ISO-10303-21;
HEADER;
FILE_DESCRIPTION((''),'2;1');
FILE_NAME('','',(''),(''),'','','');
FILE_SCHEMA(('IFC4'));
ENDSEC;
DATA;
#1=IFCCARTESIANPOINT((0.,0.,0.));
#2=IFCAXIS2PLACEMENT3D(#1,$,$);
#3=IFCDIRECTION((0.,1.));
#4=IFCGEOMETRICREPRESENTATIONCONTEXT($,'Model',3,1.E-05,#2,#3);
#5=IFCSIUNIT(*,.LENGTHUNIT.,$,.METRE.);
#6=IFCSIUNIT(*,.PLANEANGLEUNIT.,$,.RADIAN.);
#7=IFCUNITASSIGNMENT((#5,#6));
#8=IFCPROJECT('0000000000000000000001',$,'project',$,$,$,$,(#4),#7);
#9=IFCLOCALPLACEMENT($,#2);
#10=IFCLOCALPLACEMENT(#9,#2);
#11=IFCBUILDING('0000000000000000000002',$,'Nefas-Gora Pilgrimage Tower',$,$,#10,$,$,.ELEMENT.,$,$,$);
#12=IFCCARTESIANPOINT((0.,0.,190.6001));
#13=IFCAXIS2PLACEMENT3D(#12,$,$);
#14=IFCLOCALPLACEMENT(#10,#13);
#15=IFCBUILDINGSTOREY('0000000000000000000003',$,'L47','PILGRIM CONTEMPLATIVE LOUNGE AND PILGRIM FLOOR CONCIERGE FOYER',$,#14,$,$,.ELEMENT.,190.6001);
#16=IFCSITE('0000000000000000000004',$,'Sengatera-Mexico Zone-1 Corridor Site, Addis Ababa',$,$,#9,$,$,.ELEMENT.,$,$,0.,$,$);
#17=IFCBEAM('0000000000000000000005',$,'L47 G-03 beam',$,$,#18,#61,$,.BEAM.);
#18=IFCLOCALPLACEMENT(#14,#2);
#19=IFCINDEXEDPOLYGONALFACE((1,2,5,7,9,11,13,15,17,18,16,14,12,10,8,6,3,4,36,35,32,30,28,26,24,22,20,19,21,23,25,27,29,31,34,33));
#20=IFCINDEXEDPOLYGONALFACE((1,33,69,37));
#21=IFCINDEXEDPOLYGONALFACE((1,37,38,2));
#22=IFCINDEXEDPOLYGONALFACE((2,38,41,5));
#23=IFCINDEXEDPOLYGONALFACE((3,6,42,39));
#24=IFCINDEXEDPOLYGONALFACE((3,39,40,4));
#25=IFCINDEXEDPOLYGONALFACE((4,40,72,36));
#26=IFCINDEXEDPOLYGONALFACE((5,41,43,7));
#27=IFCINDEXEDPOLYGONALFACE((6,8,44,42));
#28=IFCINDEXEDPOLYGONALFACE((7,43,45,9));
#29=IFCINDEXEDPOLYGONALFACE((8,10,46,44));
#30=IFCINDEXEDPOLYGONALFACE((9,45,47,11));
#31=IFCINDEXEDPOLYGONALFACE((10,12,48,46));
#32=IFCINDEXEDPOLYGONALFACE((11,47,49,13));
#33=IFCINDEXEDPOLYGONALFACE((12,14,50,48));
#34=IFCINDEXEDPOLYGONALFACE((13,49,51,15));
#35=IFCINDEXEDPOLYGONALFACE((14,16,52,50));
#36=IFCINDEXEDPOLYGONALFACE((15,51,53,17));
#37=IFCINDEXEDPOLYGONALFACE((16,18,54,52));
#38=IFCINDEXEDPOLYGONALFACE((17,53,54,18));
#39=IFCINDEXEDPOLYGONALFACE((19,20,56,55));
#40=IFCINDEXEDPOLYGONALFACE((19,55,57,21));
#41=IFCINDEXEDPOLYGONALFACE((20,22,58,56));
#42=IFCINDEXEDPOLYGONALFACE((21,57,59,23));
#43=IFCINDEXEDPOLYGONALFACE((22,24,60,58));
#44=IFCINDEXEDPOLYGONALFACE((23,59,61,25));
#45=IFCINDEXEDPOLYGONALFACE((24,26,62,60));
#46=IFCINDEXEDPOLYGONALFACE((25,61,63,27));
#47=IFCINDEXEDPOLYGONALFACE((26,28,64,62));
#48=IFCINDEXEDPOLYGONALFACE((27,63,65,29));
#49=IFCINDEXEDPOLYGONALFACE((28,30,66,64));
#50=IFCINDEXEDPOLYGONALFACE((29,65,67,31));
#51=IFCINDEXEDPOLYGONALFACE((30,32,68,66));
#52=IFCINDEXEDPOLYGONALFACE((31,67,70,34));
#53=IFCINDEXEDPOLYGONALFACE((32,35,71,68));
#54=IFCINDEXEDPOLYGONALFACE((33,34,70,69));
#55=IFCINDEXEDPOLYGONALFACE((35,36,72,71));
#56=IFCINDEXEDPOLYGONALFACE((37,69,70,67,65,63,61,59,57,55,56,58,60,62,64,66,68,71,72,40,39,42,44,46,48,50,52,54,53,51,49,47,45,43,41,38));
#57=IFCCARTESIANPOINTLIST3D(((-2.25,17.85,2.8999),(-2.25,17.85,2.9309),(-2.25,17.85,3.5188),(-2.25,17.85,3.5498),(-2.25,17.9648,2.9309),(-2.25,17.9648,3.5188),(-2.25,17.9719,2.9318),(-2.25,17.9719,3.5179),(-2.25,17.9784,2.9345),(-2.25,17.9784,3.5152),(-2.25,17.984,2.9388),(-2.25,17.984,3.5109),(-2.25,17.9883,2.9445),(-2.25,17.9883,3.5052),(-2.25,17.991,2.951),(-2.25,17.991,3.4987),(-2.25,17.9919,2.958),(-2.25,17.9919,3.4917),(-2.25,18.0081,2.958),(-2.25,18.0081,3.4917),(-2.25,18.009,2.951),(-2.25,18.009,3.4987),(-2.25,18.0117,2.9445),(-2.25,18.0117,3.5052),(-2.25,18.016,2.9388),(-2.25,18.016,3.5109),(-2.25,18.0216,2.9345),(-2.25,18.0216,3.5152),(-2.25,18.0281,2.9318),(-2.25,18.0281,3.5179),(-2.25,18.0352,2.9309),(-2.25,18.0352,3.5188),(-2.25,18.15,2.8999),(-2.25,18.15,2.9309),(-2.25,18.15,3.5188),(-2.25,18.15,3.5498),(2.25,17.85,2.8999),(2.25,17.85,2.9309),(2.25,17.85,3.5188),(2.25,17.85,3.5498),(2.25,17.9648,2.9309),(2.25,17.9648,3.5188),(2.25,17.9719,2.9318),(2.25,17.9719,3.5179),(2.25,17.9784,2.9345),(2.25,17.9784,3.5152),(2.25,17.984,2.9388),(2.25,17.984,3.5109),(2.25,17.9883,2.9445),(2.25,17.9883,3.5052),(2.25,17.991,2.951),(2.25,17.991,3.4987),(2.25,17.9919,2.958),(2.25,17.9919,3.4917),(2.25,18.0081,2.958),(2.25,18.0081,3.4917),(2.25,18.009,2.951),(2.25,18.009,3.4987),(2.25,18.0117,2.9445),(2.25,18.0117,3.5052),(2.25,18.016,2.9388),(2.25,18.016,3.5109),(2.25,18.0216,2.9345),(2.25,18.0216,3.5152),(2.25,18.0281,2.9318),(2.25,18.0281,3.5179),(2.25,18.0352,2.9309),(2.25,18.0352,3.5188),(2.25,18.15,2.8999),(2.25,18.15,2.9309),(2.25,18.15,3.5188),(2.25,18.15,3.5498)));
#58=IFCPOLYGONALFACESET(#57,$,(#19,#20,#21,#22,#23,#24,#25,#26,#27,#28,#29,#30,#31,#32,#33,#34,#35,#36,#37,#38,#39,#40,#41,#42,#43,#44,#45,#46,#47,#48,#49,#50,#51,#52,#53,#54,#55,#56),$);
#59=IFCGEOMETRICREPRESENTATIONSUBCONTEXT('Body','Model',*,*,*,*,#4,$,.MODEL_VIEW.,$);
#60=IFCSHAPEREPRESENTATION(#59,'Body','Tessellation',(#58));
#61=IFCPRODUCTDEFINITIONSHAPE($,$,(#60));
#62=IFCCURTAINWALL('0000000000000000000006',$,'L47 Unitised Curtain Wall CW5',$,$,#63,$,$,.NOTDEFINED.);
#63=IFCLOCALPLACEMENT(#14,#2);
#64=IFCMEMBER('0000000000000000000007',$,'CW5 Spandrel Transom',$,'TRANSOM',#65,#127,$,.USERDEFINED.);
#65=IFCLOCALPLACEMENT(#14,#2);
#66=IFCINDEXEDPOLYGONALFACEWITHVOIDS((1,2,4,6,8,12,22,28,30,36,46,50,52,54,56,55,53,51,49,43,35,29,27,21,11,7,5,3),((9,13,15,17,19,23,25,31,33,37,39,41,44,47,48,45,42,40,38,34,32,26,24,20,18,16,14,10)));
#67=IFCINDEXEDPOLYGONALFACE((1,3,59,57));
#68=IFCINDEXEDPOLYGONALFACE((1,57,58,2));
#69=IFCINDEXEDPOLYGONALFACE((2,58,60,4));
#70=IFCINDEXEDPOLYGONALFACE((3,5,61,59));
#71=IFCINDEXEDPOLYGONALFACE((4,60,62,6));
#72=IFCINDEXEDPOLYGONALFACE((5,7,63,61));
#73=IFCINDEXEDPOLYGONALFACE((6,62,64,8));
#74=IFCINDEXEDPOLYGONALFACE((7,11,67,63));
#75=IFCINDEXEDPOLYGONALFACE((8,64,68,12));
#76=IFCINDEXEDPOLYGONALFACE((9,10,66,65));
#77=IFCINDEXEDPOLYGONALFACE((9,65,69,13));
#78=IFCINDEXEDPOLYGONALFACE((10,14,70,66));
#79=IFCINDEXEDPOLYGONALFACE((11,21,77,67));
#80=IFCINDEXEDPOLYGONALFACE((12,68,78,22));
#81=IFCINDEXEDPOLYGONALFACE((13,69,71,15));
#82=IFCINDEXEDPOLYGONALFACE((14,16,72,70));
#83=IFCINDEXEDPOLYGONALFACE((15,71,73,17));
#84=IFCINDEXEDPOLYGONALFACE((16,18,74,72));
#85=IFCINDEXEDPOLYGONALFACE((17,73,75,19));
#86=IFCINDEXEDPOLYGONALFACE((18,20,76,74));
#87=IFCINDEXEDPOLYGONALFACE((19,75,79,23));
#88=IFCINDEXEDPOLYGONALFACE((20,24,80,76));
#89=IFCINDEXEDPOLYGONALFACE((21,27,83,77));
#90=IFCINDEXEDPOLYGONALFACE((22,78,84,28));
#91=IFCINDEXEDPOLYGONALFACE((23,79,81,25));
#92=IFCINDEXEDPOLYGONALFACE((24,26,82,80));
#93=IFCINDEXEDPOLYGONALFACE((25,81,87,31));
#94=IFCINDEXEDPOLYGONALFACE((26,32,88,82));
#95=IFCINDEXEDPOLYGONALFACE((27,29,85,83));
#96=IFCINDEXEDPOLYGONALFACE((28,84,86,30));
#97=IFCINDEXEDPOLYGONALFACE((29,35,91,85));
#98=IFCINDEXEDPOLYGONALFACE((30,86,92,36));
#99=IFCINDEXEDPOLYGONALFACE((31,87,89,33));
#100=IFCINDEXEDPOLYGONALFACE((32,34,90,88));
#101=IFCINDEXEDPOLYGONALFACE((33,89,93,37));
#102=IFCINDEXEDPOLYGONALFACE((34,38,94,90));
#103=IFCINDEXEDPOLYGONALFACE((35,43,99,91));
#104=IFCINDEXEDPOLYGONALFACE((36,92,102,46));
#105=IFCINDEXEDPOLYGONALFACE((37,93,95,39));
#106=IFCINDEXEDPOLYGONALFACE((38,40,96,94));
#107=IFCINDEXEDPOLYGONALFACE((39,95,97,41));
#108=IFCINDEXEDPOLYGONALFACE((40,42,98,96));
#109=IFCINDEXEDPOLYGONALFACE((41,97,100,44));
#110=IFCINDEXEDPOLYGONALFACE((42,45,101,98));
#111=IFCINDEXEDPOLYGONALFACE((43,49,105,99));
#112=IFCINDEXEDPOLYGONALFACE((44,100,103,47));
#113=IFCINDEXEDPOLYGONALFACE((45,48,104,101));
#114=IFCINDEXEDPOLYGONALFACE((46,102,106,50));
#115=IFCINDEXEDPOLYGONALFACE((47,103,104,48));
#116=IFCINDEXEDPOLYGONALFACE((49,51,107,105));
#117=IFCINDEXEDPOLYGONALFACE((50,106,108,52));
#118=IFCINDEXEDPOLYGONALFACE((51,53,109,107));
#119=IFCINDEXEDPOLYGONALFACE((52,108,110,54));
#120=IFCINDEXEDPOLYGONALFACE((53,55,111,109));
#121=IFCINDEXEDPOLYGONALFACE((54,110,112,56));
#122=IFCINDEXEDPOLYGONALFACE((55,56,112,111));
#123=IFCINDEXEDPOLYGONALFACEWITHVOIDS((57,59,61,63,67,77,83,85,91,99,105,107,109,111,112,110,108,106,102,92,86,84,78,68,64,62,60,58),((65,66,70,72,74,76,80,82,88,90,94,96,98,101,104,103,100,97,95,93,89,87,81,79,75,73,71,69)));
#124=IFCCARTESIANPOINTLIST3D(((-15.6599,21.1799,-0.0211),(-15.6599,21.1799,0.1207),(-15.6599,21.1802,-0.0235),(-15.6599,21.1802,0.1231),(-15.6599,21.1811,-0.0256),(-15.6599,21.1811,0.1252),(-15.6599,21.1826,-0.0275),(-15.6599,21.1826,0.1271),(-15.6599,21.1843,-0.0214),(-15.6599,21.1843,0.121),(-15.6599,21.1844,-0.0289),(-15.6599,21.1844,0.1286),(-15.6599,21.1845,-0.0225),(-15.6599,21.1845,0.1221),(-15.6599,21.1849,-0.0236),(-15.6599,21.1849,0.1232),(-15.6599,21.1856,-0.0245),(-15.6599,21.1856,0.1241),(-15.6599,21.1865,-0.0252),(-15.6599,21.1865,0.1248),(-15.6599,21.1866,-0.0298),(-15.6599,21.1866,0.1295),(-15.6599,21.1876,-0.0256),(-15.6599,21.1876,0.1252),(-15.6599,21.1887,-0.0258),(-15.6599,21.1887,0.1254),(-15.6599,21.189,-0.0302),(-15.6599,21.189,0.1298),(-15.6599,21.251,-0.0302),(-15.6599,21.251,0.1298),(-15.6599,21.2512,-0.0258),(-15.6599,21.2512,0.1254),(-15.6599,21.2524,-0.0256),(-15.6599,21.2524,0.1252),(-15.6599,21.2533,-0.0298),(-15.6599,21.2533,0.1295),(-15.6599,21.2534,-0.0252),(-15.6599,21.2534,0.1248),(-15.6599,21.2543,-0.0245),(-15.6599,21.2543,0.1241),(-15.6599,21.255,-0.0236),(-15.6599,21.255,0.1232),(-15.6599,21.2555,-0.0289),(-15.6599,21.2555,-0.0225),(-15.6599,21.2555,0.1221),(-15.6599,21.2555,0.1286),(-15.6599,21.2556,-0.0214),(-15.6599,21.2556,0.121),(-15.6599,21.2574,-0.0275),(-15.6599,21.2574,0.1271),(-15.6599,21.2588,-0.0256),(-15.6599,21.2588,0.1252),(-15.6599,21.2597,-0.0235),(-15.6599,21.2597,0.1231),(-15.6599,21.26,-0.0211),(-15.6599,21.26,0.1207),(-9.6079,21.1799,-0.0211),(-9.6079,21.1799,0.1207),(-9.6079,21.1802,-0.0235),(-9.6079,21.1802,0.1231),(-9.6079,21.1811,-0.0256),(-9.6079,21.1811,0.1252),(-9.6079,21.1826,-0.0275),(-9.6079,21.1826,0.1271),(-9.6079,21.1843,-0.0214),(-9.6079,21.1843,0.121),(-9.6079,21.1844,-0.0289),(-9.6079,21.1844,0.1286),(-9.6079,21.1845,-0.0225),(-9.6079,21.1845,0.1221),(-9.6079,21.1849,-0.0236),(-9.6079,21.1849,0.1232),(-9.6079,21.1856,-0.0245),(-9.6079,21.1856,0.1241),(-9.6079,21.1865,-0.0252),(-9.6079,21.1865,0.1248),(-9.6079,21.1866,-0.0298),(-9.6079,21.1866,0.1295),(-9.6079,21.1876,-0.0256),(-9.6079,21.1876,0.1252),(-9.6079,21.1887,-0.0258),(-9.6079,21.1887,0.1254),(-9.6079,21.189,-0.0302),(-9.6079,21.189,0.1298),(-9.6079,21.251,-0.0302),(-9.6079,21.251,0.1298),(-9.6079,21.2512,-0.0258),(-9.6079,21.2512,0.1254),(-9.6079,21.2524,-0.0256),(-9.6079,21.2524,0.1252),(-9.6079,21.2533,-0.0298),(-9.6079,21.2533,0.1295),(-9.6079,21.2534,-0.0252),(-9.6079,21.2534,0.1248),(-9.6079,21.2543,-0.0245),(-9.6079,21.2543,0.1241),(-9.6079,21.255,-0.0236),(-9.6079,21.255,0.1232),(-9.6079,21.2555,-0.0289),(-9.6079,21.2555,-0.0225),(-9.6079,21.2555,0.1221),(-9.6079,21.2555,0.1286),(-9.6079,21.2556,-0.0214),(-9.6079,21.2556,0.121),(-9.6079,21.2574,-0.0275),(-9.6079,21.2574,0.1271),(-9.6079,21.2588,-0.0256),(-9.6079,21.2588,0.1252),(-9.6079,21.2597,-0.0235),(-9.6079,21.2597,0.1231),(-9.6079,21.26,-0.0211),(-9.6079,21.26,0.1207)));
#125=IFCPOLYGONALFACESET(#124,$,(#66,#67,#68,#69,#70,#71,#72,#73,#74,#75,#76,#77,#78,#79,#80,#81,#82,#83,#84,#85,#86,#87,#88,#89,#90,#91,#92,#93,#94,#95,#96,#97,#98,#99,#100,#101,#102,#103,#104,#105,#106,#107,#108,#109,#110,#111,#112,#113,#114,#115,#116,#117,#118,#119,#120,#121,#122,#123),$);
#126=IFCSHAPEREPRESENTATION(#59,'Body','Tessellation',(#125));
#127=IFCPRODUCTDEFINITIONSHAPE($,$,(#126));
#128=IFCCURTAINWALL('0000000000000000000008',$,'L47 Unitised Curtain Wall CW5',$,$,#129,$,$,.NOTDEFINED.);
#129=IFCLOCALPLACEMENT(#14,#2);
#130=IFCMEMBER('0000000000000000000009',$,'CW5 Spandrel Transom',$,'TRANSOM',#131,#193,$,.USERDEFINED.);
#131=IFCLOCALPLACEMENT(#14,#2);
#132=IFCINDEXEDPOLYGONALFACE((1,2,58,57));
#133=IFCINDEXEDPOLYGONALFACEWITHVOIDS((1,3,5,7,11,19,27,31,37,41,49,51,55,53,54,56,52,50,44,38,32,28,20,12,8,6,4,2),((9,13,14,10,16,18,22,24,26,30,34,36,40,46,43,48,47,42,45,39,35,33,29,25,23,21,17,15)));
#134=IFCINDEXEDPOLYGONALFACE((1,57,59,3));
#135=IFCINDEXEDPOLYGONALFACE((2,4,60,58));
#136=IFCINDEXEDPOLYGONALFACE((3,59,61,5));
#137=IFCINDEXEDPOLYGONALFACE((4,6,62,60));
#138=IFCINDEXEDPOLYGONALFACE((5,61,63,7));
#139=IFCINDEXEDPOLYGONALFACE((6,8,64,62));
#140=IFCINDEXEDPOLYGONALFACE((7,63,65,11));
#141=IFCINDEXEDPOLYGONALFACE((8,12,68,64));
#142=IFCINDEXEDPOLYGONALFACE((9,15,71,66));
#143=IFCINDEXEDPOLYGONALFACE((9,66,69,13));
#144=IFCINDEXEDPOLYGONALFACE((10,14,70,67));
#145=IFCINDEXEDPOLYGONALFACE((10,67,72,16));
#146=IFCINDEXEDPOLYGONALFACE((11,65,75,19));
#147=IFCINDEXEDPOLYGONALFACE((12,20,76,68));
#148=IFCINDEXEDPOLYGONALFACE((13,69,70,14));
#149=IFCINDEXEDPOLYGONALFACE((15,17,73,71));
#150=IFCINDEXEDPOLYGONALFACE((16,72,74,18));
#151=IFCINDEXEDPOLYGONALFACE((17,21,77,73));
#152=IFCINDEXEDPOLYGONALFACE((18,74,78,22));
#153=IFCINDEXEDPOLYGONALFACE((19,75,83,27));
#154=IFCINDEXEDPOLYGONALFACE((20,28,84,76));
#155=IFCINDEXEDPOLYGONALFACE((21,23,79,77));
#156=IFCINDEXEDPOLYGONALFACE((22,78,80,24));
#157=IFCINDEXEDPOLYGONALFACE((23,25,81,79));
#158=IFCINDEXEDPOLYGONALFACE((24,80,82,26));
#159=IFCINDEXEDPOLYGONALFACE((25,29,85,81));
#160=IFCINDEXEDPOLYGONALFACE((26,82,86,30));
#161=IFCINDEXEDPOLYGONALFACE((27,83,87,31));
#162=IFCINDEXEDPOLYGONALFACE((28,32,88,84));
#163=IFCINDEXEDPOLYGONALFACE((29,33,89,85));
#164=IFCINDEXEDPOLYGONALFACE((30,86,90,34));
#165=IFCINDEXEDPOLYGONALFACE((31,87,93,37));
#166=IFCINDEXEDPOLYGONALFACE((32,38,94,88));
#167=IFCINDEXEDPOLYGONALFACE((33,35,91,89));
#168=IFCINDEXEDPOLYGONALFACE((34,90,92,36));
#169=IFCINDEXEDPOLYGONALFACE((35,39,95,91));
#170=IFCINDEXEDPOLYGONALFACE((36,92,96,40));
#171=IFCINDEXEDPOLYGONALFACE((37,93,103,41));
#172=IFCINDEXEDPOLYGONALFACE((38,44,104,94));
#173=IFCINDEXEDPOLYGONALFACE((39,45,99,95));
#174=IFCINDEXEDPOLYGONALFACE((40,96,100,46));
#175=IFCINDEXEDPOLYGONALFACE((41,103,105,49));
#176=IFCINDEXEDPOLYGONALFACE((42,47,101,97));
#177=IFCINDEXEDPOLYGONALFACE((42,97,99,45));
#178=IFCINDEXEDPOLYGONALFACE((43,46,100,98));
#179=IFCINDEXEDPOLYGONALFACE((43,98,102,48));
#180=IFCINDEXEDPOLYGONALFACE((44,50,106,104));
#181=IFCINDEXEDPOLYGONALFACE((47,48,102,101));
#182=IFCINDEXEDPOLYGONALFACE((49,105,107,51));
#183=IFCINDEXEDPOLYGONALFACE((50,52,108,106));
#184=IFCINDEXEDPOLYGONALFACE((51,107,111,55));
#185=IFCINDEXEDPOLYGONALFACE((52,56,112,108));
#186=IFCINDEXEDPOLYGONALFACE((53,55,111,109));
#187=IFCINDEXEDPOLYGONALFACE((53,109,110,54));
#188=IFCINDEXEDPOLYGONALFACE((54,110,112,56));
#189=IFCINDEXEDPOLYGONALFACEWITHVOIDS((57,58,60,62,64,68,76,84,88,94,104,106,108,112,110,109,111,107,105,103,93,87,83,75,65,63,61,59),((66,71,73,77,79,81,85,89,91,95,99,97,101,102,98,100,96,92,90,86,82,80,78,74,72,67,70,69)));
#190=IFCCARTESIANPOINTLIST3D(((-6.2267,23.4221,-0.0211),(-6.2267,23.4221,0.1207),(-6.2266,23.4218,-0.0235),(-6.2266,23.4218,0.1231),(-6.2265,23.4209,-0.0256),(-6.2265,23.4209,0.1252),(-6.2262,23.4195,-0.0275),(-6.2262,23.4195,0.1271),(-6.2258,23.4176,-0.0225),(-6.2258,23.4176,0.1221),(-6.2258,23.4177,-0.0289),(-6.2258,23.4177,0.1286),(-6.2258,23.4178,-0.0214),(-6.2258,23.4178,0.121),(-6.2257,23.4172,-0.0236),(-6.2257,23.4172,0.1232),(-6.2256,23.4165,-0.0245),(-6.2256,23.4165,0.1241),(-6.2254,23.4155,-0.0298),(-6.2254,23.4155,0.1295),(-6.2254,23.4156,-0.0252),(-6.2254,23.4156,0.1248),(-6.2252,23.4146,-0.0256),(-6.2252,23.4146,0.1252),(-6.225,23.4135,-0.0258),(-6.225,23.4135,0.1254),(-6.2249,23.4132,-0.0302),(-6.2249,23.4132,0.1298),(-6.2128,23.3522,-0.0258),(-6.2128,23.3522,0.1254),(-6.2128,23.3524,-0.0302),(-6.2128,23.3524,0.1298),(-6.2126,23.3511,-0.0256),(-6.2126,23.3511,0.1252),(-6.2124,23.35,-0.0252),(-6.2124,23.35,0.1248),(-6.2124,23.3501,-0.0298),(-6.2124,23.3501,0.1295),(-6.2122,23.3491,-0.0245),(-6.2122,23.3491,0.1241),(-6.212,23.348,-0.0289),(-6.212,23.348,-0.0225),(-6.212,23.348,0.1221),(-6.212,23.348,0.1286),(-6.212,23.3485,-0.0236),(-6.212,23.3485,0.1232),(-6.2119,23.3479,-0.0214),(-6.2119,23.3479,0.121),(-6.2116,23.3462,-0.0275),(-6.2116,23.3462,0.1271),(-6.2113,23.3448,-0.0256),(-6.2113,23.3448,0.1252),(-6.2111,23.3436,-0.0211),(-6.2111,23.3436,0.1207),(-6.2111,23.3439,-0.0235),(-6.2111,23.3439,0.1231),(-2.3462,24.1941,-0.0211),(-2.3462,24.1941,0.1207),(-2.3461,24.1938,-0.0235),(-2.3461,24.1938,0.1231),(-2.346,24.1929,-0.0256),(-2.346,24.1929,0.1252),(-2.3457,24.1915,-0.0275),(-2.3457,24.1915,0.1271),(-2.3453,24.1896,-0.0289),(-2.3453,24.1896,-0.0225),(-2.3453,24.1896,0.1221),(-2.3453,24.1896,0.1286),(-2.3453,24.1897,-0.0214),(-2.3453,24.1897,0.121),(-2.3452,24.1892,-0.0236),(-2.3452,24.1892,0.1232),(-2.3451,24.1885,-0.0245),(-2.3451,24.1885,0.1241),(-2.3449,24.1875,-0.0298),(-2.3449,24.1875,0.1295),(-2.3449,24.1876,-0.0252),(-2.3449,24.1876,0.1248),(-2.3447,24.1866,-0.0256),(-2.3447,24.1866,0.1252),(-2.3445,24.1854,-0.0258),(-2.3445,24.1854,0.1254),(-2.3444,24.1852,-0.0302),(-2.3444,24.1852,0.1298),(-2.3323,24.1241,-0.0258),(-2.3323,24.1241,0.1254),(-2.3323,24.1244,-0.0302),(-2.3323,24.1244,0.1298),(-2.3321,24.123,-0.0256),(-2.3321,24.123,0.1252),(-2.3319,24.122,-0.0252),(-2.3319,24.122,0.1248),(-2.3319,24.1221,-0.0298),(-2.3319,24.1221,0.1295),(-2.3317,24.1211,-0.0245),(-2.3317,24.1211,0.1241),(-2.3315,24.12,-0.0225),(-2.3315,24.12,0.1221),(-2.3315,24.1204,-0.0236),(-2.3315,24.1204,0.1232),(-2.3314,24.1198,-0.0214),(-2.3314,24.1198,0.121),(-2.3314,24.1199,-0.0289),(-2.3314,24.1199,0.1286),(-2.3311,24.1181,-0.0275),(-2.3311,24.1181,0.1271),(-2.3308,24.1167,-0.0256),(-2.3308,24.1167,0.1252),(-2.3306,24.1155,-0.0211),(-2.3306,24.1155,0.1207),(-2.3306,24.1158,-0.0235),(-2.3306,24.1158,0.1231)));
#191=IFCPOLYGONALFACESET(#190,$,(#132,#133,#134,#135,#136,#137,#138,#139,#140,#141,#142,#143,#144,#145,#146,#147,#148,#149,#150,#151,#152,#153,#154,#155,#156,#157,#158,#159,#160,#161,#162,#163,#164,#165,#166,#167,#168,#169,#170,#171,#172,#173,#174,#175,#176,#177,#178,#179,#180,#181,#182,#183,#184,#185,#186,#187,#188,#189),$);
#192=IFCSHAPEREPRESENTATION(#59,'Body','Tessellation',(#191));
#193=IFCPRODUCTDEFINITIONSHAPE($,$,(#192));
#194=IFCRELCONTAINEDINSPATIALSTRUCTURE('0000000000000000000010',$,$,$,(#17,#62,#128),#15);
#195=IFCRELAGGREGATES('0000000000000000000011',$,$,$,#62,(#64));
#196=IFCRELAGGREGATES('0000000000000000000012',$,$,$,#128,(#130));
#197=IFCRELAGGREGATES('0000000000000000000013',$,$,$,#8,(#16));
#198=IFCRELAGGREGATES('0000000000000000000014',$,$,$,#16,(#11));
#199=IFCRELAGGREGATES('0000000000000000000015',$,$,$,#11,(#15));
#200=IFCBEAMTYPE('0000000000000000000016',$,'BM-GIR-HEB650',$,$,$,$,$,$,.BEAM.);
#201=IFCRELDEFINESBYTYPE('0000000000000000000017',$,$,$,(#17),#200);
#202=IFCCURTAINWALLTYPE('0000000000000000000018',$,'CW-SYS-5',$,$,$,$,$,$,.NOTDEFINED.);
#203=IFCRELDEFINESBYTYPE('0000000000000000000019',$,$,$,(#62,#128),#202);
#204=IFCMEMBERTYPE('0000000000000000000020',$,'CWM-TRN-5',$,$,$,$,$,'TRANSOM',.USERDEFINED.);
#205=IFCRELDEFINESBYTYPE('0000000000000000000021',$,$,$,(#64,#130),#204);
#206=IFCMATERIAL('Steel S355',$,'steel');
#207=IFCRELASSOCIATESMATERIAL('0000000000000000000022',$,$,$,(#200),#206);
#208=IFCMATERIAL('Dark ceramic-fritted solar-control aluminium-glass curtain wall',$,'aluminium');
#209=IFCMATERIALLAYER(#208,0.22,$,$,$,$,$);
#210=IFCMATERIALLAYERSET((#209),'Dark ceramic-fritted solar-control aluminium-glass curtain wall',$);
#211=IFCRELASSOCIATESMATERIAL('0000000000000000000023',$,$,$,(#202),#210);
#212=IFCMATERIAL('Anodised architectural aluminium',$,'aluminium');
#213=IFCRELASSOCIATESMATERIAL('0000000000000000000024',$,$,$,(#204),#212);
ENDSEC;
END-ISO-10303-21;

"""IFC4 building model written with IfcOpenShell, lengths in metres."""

from ifc_helpers import new_model, si_unit, direction, frame, origin, origin_2d, place, context, subcontext, project, spatial, hollow_rectangle, i_section, extrude, source, transform, mapped, material, layer, layer_set, material_profile, profile_set, type_object, element, aggregate, save


model = new_model("IFC4")

# Units and contexts
model_context = context("Model", 3, precision=1e-05, world=origin(), true_north=direction((0.0, 1.0)))
body_context = subcontext(model_context, "Body", "Model", "MODEL_VIEW")
ifc_project = project(units=[si_unit("LENGTHUNIT", "METRE"), si_unit("PLANEANGLEUNIT", "RADIAN")], contexts=[model_context])

# Site, building, storey
site_placement = place(None, origin())
site = spatial("IfcSite", under=ifc_project, at=site_placement, Name="Sengatera-Mexico Zone-1 Corridor Site, Addis Ababa", CompositionType="ELEMENT", RefElevation=0.0)
building_placement = place(site_placement, origin())
building = spatial("IfcBuilding", under=site, at=building_placement, Name="Nefas-Gora Pilgrimage Tower", CompositionType="ELEMENT")
storey_placement = place(building_placement, frame((0.0, 0.0, 190.6001)))
storey = spatial("IfcBuildingStorey", under=building, at=storey_placement, Name="L47", Description="PILGRIM CONTEMPLATIVE LOUNGE AND PILGRIM FLOOR CONCIERGE FOYER", CompositionType="ELEMENT", Elevation=190.6001)

# Beam
ifc_material_1 = material(Name="Steel S355", Category="steel")
ifc_material_profile_1 = material_profile(ifc_material_1, i_section(OverallWidth=0.3, OverallDepth=0.6499, WebThickness=0.0161, FlangeThickness=0.031, FilletRadius=0.0271, at=origin_2d()), Name="HEB 650")
ifc_profile_set_1 = profile_set([ifc_material_profile_1], Name="Steel S355")
beam_type = type_object("IfcBeamType", Name="BM-GIR-HEB650", PredefinedType="BEAM", material=ifc_profile_set_1)
shared_shape_1 = source(origin(), body_context, "Body", "SweptSolid", [
    extrude(i_section(OverallWidth=0.3, OverallDepth=0.6499, WebThickness=0.0161, FlangeThickness=0.031, FilletRadius=0.0271, at=origin_2d()), origin(), (0.0, 0.0, 1.0), 4.5),
])
for number, where, z_axis, x_axis, name in (
    (1, (-2.25, 18.0, 3.2249), (1.0, 0.0, 0.0), (0.0, 1.0, 0.0), "L47 G-03 beam"),
):
    element("IfcBeam", number, at=place(storey_placement, frame(where, z_axis=z_axis, x_axis=x_axis)), inside=storey, type_object=beam_type, Name=name, PredefinedType="BEAM", context=body_context, shape_type="MappedRepresentation", body=[
        mapped(shared_shape_1, transform((0.0, 0.0, 0.0), x_axis=(1.0, 0.0, 0.0), y_axis=(0.0, 1.0, 0.0), z_axis=(0.0, 0.0, 1.0), scale=1.0)),
    ])

# Curtain wall, member
ifc_material_2 = material(Name="Dark ceramic-fritted solar-control aluminium-glass curtain wall", Category="aluminium")
ifc_layer_1 = layer(ifc_material_2, 0.22)
ifc_layer_set_1 = layer_set([ifc_layer_1], Name="Dark ceramic-fritted solar-control aluminium-glass curtain wall")
curtain_wall_type = type_object("IfcCurtainWallType", Name="CW-SYS-5", PredefinedType="NOTDEFINED", material=ifc_layer_set_1)
curtain_wall_1_placement = place(storey_placement, origin())
curtain_wall_1 = element("IfcCurtainWall", 2, at=curtain_wall_1_placement, inside=storey, type_object=curtain_wall_type, Name="L47 Unitised Curtain Wall CW5", PredefinedType="NOTDEFINED")
ifc_material_3 = material(Name="Anodised architectural aluminium", Category="aluminium")
ifc_material_profile_2 = material_profile(ifc_material_3, hollow_rectangle(XDim=0.0801, YDim=0.1599, WallThickness=0.0044, InnerFilletRadius=0.0044, OuterFilletRadius=0.009, at=origin_2d()), Name="ALU TRANSOM 80x160")
ifc_profile_set_2 = profile_set([ifc_material_profile_2], Name="Anodised architectural aluminium")
member_type_1 = type_object("IfcMemberType", Name="CWM-TRN-5", ElementType="TRANSOM", PredefinedType="USERDEFINED", material=ifc_profile_set_2)
shared_shape_2 = source(origin(), body_context, "Body", "SweptSolid", [
    extrude(hollow_rectangle(XDim=0.0801, YDim=0.1599, WallThickness=0.0044, InnerFilletRadius=0.0044, OuterFilletRadius=0.009, at=origin_2d()), origin(), (0.0, 0.0, 1.0), 6.052),
])
member_1_placement = place(storey_placement, frame((-9.6079, 21.22, 0.0498), z_axis=(-1.0, 0.0, 0.0), x_axis=(0.0, -1.0, 0.0)))
member_1 = element("IfcMember", 3, at=member_1_placement, type_object=member_type_1, Name="CW5 Spandrel Transom", ObjectType="TRANSOM", PredefinedType="USERDEFINED", context=body_context, shape_type="MappedRepresentation", body=[
    mapped(shared_shape_2, transform((0.0, 0.0, 0.0), x_axis=(1.0, 0.0, 0.0), y_axis=(0.0, 1.0, 0.0), z_axis=(0.0, 0.0, 1.0), scale=1.0)),
])

# Curtain wall, member
curtain_wall_2_placement = place(storey_placement, origin())
curtain_wall_2 = element("IfcCurtainWall", 4, at=curtain_wall_2_placement, inside=storey, type_object=curtain_wall_type, Name="L47 Unitised Curtain Wall CW5", PredefinedType="NOTDEFINED")
shared_shape_3 = source(origin(), body_context, "Body", "SweptSolid", [
    extrude(hollow_rectangle(XDim=0.0801, YDim=0.1599, WallThickness=0.0044, InnerFilletRadius=0.0044, OuterFilletRadius=0.009, at=origin_2d()), origin(), (0.0, 0.0, 1.0), 3.9565),
])
member_2_placement = place(storey_placement, frame((-2.3384, 24.1548, 0.0498), z_axis=(-0.980782, -0.195107, 0.0), x_axis=(0.195107, -0.980782, 0.0)))
member_2 = element("IfcMember", 5, at=member_2_placement, type_object=member_type_1, Name="CW5 Spandrel Transom", ObjectType="TRANSOM", PredefinedType="USERDEFINED", context=body_context, shape_type="MappedRepresentation", body=[
    mapped(shared_shape_3, transform((0.0, 0.0, 0.0), x_axis=(1.0, 0.0, 0.0), y_axis=(0.0, 1.0, 0.0), z_axis=(0.0, 0.0, 1.0), scale=1.0)),
])

aggregate(curtain_wall_1, [member_1])
aggregate(curtain_wall_2, [member_2])

save(model, "model.ifc")
